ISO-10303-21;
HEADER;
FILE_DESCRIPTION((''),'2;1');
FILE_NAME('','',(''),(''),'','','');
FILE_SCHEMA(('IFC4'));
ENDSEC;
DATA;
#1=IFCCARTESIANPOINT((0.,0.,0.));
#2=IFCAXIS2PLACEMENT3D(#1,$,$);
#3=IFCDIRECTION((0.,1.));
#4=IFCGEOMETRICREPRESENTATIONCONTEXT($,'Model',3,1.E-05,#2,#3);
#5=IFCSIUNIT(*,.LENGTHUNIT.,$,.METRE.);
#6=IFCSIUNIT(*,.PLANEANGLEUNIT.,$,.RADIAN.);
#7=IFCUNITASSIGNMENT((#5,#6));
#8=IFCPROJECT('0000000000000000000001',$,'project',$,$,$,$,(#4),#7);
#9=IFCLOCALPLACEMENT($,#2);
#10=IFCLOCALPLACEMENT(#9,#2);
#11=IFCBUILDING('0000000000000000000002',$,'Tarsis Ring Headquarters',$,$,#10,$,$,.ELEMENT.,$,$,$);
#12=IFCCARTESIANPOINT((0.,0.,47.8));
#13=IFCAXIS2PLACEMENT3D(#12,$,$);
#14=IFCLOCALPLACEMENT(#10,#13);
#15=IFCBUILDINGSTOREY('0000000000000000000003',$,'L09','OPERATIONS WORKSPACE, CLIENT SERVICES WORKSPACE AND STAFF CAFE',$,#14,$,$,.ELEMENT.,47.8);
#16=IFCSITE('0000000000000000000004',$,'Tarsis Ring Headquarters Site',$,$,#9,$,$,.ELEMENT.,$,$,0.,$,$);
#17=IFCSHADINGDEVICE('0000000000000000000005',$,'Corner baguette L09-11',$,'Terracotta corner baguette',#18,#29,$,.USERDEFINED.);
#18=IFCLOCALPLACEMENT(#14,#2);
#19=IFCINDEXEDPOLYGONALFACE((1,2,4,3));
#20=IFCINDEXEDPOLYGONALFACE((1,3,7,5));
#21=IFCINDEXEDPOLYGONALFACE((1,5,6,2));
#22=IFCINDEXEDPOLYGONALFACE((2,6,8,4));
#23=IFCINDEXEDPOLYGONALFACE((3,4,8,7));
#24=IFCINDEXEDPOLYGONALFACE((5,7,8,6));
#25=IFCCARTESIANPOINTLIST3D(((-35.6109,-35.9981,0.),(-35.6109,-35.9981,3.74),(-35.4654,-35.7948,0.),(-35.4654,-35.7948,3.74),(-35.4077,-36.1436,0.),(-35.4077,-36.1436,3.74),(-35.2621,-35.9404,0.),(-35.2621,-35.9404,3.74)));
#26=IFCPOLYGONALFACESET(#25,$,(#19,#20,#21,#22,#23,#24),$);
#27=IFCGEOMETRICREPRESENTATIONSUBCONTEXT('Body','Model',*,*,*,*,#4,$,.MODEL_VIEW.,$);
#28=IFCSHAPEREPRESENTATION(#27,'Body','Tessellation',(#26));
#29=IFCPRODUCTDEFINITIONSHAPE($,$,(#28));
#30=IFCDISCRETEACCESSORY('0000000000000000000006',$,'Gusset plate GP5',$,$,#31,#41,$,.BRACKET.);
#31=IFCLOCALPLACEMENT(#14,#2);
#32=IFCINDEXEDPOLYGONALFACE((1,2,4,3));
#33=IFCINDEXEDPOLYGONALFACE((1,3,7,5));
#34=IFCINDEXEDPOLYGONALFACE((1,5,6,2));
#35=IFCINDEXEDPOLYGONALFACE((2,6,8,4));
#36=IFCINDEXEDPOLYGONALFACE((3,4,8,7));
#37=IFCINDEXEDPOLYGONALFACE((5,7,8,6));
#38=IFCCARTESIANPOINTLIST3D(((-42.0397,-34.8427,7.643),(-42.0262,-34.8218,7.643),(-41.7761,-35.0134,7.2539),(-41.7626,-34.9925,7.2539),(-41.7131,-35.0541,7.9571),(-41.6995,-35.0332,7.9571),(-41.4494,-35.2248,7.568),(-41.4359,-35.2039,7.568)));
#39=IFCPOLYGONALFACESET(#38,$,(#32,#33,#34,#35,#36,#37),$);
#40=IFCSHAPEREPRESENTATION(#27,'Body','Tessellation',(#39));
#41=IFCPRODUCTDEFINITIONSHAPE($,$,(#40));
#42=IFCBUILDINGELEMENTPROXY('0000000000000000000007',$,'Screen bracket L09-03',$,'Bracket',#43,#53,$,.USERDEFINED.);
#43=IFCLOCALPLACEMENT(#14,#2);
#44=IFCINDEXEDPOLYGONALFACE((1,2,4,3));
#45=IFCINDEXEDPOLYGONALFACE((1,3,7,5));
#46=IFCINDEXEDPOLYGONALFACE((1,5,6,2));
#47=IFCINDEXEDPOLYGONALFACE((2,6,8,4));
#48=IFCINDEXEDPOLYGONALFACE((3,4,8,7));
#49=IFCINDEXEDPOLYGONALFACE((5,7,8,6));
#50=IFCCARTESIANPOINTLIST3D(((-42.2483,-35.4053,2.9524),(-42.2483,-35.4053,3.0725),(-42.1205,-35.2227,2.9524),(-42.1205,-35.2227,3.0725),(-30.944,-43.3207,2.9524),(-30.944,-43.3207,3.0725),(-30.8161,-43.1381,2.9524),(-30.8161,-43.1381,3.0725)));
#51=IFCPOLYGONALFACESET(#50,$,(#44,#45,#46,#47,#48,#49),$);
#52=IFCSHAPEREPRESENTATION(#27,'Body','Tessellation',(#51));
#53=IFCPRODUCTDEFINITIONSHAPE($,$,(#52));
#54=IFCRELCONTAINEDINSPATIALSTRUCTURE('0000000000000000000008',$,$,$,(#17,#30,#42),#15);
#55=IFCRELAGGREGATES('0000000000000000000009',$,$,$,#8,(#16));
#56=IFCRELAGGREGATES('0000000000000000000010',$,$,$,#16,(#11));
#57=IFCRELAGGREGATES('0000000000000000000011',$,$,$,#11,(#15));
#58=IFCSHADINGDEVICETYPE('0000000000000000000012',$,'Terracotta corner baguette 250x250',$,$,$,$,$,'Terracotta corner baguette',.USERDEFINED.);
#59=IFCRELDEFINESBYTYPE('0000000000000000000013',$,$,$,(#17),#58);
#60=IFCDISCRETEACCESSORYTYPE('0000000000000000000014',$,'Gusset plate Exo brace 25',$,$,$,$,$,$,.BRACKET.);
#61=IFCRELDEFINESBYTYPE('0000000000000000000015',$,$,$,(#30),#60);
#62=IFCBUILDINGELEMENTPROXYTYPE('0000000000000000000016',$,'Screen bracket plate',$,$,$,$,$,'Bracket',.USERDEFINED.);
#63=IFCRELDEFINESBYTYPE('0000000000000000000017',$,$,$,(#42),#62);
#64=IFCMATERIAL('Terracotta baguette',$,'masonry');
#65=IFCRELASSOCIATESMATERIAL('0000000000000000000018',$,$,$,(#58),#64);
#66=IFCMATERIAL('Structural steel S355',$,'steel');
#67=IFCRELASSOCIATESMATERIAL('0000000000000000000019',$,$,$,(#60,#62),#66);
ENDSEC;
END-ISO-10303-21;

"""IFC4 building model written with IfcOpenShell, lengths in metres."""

from ifc_helpers import new_model, si_unit, direction, frame, origin, origin_2d, place, context, subcontext, project, spatial, rectangle, extrude, material, material_profile, profile_set, type_object, element, save


model = new_model("IFC4")

# Units and contexts
model_context = context("Model", 3, precision=1e-05, world=origin(), true_north=direction((0.0, 1.0)))
body_context = subcontext(model_context, "Body", "Model", "MODEL_VIEW")
ifc_project = project(units=[si_unit("LENGTHUNIT", "METRE"), si_unit("PLANEANGLEUNIT", "RADIAN")], contexts=[model_context])

# Site, building, storey
site_placement = place(None, origin())
site = spatial("IfcSite", under=ifc_project, at=site_placement, Name="Tarsis Ring Headquarters Site", CompositionType="ELEMENT", RefElevation=0.0)
building_placement = place(site_placement, origin())
building = spatial("IfcBuilding", under=site, at=building_placement, Name="Tarsis Ring Headquarters", CompositionType="ELEMENT")
storey_placement = place(building_placement, frame((0.0, 0.0, 47.8)))
storey = spatial("IfcBuildingStorey", under=building, at=storey_placement, Name="L09", Description="OPERATIONS WORKSPACE, CLIENT SERVICES WORKSPACE AND STAFF CAFE", CompositionType="ELEMENT", Elevation=47.8)

# Shared definitions
ifc_material_1 = material(Name="Structural steel S355", Category="steel")

# Shading device
ifc_material_2 = material(Name="Terracotta baguette", Category="masonry")
shading_device_type_1 = type_object("IfcShadingDeviceType", Name="Terracotta corner baguette 250x250", ElementType="Terracotta corner baguette", PredefinedType="USERDEFINED", material=ifc_material_2)
for number, where, z_axis, x_axis, name in (
    (1, (-35.4365, -35.9692, 0.0), (0.0, 0.0, 1.0), (-0.582123, -0.813101, 0.0), "Corner baguette L09-11"),
):
    element("IfcShadingDevice", number, at=place(storey_placement, frame(where, z_axis=z_axis, x_axis=x_axis)), inside=storey, type_object=shading_device_type_1, Name=name, ObjectType="Terracotta corner baguette", PredefinedType="USERDEFINED", context=body_context, shape_type="SweptSolid", body=[
        extrude(rectangle(XDim=0.25, YDim=0.25, at=origin_2d()), origin(), (0.0, 0.0, 1.0), 3.74),
    ])

# Discrete accessory
ifc_material_profile_1 = material_profile(ifc_material_1, rectangle(XDim=0.0249, YDim=0.5, at=origin_2d()), Name="PL 25x500")
ifc_profile_set_1 = profile_set([ifc_material_profile_1], Name="Structural steel S355")
discrete_accessory_type = type_object("IfcDiscreteAccessoryType", Name="Gusset plate Exo brace 25", PredefinedType="BRACKET", material=ifc_profile_set_1)
discrete_accessory_placement = place(storey_placement, frame((-41.8696, -34.938, 7.8), z_axis=(0.527247, -0.341246, -0.778178), x_axis=(0.543348, 0.839508, 0.0)))
element("IfcDiscreteAccessory", 2, at=discrete_accessory_placement, inside=storey, type_object=discrete_accessory_type, Name="Gusset plate GP5", PredefinedType="BRACKET", context=body_context, shape_type="SweptSolid", body=[
    extrude(rectangle(XDim=0.0249, YDim=0.5, at=origin_2d()), origin(), (0.0, 0.0, 1.0), 0.5),
])

# Building element proxy
building_element_proxy_type = type_object("IfcBuildingElementProxyType", Name="Screen bracket plate", ElementType="Bracket", PredefinedType="USERDEFINED", material=ifc_material_1)
proxy_placement = place(storey_placement, frame((-36.5322, -39.2717, 2.9524), z_axis=(0.0, 0.0, 1.0), x_axis=(0.819152, -0.573576, 0.0)))
element("IfcBuildingElementProxy", 3, at=proxy_placement, inside=storey, type_object=building_element_proxy_type, Name="Screen bracket L09-03", ObjectType="Bracket", PredefinedType="USERDEFINED", context=body_context, shape_type="SweptSolid", body=[
    extrude(rectangle(XDim=13.8, YDim=0.2229, at=origin_2d()), origin(), (0.0, 0.0, 1.0), 0.1201),
])

save(model, "model.ifc")
